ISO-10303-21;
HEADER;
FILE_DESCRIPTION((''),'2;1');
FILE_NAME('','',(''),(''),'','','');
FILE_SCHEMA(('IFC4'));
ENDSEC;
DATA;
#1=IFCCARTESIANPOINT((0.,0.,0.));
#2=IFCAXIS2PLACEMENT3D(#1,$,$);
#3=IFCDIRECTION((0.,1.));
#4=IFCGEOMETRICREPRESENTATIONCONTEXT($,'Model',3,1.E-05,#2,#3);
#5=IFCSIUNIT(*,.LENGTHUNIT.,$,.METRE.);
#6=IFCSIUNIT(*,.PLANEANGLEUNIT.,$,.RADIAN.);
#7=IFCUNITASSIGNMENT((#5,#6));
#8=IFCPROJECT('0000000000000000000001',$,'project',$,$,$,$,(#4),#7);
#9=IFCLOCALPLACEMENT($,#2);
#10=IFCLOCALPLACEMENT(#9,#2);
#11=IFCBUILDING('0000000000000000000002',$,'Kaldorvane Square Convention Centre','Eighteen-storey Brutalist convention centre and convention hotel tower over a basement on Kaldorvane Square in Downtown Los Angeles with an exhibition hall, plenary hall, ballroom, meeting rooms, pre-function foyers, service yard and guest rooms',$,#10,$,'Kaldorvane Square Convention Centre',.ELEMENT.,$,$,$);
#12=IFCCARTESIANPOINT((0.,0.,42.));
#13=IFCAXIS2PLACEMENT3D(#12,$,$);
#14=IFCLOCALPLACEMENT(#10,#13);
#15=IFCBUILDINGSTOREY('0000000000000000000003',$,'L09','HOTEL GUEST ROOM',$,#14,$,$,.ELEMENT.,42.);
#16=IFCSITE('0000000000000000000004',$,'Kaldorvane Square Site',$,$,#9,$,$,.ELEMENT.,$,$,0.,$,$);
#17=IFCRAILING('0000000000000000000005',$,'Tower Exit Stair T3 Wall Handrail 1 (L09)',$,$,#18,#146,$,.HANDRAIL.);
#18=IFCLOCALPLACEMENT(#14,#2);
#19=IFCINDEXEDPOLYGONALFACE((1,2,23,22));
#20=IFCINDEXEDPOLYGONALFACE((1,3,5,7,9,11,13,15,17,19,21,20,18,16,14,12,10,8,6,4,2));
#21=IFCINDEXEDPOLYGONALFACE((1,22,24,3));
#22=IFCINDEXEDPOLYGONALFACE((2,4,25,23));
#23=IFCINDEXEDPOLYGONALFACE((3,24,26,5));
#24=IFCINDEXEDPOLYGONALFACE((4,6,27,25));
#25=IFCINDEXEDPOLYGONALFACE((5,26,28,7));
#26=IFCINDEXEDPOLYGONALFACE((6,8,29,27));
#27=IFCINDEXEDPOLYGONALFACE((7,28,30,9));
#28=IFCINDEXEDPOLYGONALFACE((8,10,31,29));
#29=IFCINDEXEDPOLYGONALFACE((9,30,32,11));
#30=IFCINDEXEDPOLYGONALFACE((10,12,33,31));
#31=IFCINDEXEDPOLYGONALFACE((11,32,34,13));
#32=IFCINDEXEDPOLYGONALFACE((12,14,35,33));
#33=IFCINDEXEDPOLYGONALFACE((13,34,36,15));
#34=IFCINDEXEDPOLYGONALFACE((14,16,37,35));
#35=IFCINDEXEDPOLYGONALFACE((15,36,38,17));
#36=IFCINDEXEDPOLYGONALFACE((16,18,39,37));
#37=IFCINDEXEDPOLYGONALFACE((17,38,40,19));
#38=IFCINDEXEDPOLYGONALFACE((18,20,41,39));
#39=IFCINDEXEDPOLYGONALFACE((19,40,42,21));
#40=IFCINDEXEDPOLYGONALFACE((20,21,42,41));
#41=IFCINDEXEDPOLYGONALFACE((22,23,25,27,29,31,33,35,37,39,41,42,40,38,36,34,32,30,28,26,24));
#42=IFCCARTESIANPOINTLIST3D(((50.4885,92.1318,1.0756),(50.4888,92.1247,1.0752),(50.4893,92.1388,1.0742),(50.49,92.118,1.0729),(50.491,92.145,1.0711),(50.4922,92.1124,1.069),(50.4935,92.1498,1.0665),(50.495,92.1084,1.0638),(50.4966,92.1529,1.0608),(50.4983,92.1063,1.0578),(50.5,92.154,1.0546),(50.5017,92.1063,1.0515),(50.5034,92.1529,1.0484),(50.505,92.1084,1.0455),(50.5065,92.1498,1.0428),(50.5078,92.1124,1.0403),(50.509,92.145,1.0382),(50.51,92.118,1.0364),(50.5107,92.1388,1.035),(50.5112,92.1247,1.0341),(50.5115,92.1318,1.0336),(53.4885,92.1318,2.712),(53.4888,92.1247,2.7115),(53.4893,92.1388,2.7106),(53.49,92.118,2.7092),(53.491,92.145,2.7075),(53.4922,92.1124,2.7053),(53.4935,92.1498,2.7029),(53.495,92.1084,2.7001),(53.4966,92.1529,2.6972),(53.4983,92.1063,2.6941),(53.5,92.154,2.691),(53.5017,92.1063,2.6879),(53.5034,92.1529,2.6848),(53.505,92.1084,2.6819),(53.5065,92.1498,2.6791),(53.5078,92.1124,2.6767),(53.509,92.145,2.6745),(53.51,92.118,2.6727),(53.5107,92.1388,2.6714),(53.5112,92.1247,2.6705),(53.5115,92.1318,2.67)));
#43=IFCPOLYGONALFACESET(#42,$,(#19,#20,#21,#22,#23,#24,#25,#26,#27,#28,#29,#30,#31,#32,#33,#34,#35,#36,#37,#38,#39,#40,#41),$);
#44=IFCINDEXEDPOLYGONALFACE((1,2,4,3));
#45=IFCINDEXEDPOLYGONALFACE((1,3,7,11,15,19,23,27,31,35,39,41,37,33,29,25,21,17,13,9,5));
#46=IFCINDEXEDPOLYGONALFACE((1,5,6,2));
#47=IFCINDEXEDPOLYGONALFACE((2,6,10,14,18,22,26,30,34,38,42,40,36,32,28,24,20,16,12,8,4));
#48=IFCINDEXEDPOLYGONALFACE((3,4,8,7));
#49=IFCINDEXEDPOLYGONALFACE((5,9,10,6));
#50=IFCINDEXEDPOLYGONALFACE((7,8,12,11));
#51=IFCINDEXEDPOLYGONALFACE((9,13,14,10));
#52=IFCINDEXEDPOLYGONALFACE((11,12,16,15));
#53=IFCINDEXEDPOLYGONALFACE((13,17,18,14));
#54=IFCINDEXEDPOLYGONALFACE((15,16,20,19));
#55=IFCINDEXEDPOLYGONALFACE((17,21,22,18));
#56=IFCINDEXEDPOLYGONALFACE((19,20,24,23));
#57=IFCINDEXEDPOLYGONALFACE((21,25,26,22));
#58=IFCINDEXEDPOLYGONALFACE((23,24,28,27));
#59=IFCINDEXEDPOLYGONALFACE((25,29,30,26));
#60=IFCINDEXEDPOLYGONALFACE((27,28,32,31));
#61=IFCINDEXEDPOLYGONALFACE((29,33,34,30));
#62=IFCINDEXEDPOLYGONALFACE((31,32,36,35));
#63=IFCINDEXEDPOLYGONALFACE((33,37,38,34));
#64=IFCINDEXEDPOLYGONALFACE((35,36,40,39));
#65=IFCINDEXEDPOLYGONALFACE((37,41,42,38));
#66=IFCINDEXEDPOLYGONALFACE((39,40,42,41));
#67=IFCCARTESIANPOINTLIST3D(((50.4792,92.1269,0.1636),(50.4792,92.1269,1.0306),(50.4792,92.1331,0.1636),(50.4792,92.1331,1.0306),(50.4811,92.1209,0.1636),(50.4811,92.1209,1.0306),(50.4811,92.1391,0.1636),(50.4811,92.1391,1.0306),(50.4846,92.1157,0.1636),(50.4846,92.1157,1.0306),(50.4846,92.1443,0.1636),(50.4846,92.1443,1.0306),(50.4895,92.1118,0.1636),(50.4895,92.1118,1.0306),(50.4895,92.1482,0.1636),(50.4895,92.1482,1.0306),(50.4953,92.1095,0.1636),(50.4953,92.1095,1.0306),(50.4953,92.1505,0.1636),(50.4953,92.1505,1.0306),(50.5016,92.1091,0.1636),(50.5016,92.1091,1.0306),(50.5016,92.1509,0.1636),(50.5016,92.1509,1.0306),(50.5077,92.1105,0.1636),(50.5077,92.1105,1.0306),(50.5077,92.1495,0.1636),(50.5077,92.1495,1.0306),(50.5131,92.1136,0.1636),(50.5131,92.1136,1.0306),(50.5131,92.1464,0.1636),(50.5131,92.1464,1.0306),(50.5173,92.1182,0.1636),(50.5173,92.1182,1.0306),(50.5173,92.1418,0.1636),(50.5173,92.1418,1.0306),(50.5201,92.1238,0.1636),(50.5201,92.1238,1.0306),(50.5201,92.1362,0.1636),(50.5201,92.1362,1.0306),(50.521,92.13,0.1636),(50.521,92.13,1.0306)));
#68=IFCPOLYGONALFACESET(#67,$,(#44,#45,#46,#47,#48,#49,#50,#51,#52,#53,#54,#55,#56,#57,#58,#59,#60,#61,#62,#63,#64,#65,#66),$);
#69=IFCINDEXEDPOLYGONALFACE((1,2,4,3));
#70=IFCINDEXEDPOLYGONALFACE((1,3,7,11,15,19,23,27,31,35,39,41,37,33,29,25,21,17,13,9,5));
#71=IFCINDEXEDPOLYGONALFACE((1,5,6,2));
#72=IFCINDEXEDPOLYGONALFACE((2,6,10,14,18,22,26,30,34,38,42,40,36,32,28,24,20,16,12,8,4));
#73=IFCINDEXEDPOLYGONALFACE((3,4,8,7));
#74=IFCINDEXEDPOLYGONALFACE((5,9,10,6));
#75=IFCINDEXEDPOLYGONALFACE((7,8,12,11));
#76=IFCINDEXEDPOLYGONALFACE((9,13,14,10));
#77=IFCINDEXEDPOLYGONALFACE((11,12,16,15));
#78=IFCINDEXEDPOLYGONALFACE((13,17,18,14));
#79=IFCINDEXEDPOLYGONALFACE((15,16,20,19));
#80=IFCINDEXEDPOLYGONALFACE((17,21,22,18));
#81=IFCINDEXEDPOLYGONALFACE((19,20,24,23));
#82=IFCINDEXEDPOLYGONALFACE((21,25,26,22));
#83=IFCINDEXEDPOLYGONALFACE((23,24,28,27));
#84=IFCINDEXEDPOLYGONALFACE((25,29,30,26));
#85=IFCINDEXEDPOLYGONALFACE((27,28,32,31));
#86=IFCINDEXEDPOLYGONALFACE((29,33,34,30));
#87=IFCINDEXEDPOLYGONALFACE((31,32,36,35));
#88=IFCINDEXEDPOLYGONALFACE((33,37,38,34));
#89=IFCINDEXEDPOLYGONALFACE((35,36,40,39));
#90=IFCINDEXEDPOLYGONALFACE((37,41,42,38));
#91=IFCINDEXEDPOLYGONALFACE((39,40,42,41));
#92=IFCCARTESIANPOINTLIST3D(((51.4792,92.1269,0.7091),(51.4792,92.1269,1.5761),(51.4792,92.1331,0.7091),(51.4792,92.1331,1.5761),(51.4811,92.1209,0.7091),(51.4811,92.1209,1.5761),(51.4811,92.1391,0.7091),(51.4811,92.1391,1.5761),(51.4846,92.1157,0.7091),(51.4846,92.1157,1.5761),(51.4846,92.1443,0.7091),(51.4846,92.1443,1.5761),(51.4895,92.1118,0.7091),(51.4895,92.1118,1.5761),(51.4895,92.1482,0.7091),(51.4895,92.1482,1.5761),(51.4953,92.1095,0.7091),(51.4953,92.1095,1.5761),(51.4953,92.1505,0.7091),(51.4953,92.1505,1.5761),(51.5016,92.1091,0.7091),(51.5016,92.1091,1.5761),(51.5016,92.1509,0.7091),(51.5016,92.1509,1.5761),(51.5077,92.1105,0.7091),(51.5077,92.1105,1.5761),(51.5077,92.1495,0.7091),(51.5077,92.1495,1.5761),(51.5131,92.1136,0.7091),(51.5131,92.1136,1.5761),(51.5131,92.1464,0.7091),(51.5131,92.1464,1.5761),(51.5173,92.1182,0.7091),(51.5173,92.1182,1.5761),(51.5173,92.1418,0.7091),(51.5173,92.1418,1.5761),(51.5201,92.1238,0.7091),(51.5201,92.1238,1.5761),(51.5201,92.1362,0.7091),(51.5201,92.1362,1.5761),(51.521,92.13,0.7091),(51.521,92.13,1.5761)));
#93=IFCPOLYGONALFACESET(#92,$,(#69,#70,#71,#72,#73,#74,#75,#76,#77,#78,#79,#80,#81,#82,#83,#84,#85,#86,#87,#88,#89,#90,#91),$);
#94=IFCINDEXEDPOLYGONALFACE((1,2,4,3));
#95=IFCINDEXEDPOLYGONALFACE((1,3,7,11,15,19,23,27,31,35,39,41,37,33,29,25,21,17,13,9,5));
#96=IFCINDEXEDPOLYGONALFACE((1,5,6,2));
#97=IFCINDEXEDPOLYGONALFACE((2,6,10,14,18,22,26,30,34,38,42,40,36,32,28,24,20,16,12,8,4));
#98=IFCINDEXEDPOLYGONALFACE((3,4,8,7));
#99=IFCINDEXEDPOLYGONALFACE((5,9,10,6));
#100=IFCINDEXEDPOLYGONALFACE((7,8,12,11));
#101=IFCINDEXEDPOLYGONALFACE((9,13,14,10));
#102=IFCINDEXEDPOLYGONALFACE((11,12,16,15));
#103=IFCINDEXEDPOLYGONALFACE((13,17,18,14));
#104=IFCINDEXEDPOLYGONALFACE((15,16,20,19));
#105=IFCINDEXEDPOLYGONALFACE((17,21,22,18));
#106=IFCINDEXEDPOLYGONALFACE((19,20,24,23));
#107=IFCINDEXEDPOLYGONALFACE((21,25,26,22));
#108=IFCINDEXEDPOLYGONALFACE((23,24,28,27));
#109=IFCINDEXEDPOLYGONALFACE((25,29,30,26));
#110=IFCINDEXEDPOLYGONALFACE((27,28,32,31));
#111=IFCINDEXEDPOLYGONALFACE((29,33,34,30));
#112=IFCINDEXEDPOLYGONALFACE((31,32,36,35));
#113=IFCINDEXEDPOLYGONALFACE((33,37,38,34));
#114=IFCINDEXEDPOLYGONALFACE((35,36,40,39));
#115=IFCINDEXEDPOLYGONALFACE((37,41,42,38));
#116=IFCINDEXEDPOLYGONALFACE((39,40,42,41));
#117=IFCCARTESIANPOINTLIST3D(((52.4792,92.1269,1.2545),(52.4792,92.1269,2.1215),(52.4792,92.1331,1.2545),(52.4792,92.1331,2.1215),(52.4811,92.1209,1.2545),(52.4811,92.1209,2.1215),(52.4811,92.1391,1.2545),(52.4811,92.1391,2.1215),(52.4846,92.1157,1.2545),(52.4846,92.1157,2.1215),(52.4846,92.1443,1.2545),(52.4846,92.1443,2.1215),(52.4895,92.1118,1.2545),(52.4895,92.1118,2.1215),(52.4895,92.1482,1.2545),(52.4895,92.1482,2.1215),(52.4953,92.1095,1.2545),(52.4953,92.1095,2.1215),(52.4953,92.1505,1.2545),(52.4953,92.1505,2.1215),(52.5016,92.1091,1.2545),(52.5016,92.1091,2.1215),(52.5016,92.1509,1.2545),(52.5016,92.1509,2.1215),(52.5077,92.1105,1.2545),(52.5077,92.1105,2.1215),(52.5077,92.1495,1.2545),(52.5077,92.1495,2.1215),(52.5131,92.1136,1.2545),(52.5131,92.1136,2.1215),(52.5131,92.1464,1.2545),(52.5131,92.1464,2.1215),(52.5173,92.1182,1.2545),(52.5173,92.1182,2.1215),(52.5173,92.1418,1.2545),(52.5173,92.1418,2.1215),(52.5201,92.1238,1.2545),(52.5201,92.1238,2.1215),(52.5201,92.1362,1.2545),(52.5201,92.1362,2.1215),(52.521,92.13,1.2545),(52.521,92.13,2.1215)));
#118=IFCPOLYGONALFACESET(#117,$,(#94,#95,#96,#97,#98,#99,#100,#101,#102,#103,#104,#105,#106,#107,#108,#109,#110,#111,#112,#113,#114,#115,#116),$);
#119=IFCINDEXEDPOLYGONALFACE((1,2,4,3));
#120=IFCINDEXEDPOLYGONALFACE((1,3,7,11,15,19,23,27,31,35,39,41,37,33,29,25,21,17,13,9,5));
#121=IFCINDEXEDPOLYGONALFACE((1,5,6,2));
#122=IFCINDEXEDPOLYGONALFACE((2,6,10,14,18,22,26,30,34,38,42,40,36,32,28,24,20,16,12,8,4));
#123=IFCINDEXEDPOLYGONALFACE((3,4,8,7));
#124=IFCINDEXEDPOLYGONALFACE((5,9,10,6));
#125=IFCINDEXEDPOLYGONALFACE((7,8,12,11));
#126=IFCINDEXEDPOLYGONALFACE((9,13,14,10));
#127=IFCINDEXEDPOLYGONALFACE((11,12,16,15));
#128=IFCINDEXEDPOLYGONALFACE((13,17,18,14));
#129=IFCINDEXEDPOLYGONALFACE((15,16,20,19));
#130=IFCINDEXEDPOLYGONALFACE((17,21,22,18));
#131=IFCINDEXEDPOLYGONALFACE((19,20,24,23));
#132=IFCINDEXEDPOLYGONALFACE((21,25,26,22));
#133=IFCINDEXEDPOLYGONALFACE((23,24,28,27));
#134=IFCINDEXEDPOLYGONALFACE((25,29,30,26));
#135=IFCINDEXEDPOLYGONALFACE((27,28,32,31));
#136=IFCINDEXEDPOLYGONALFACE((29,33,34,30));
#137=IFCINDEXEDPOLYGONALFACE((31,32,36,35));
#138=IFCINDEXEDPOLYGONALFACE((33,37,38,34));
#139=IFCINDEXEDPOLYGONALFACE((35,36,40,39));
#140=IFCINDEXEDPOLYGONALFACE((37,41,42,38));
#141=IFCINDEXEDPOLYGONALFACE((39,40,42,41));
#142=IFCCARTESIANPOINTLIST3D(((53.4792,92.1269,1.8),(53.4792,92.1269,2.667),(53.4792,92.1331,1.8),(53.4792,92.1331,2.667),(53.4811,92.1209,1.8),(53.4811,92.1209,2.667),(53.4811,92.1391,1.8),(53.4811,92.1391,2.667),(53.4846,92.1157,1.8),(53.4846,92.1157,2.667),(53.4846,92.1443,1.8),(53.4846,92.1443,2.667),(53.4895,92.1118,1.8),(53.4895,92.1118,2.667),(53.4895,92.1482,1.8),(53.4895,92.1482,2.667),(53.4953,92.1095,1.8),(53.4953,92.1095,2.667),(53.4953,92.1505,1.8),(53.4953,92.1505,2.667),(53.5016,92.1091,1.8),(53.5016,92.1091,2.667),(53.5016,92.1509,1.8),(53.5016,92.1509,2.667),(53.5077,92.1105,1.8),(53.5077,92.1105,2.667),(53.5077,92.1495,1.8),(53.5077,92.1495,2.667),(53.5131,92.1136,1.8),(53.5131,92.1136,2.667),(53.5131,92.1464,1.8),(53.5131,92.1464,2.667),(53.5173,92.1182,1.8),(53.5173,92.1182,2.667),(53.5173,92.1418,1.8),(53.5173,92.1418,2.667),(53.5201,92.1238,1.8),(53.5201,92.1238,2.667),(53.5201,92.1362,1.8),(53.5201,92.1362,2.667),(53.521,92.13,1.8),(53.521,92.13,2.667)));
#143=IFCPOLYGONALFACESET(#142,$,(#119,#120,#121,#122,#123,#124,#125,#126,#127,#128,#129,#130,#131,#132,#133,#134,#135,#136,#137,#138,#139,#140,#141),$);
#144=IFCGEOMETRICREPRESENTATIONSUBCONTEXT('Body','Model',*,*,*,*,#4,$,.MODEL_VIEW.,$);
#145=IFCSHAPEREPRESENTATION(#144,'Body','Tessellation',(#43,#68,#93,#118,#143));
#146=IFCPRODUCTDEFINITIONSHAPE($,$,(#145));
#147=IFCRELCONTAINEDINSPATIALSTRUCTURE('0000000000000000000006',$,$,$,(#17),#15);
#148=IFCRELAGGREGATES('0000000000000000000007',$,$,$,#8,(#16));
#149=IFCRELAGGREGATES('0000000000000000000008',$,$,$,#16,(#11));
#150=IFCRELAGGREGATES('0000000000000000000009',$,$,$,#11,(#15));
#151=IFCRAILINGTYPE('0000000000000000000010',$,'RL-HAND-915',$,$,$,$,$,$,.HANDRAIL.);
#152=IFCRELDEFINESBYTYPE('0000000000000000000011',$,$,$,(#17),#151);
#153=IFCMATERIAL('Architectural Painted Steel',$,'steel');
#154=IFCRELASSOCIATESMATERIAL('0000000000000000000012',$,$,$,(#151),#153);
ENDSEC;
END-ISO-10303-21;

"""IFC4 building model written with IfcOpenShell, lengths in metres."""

from ifc_helpers import new_model, si_unit, direction, frame, origin, origin_2d, place, context, subcontext, project, spatial, circle, extrude, material, type_object, element, save


model = new_model("IFC4")

# Units and contexts
model_context = context("Model", 3, precision=1e-05, world=origin(), true_north=direction((0.0, 1.0)))
body_context = subcontext(model_context, "Body", "Model", "MODEL_VIEW")
ifc_project = project(units=[si_unit("LENGTHUNIT", "METRE"), si_unit("PLANEANGLEUNIT", "RADIAN")], contexts=[model_context])

# Site, building, storey
site_placement = place(None, origin())
site = spatial("IfcSite", under=ifc_project, at=site_placement, Name="Kaldorvane Square Site", CompositionType="ELEMENT", RefElevation=0.0)
building_placement = place(site_placement, origin())
building = spatial("IfcBuilding", under=site, at=building_placement, Name="Kaldorvane Square Convention Centre", Description="Eighteen-storey Brutalist convention centre and convention hotel tower over a basement on Kaldorvane Square in Downtown Los Angeles with an exhibition hall, plenary hall, ballroom, meeting rooms, pre-function foyers, service yard and guest rooms", LongName="Kaldorvane Square Convention Centre", CompositionType="ELEMENT")
storey_placement = place(building_placement, frame((0.0, 0.0, 42.0)))
storey = spatial("IfcBuildingStorey", under=building, at=storey_placement, Name="L09", Description="HOTEL GUEST ROOM", CompositionType="ELEMENT", Elevation=42.0)

# Railing
ifc_material_1 = material(Name="Architectural Painted Steel", Category="steel")
railing_type_1 = type_object("IfcRailingType", Name="RL-HAND-915", PredefinedType="HANDRAIL", material=ifc_material_1)
for number, where, name in (
    (1, (50.5, 92.13, 0.1636), "Tower Exit Stair T3 Wall Handrail 1 (L09)"),
):
    element("IfcRailing", number, at=place(storey_placement, frame(where)), inside=storey, type_object=railing_type_1, Name=name, PredefinedType="HANDRAIL", context=body_context, shape_type="SweptSolid", body=[
        extrude(circle(Radius=0.024, at=origin_2d()), frame((0.0, 0.0, 0.891), z_axis=(0.877895, 0.0, 0.478853), x_axis=(0.0, 1.0, 0.0)), (0.0, 0.0, 1.0), 3.4173),
        extrude(circle(Radius=0.021, at=origin_2d()), origin(), (0.0, 0.0, 1.0), 0.867),
        extrude(circle(Radius=0.021, at=origin_2d()), frame((1.0, 0.0, 0.5455)), (0.0, 0.0, 1.0), 0.867),
        extrude(circle(Radius=0.021, at=origin_2d()), frame((2.0, 0.0, 1.0909)), (0.0, 0.0, 1.0), 0.867),
        extrude(circle(Radius=0.021, at=origin_2d()), frame((3.0, 0.0, 1.6364)), (0.0, 0.0, 1.0), 0.867),
    ])

save(model, "model.ifc")
